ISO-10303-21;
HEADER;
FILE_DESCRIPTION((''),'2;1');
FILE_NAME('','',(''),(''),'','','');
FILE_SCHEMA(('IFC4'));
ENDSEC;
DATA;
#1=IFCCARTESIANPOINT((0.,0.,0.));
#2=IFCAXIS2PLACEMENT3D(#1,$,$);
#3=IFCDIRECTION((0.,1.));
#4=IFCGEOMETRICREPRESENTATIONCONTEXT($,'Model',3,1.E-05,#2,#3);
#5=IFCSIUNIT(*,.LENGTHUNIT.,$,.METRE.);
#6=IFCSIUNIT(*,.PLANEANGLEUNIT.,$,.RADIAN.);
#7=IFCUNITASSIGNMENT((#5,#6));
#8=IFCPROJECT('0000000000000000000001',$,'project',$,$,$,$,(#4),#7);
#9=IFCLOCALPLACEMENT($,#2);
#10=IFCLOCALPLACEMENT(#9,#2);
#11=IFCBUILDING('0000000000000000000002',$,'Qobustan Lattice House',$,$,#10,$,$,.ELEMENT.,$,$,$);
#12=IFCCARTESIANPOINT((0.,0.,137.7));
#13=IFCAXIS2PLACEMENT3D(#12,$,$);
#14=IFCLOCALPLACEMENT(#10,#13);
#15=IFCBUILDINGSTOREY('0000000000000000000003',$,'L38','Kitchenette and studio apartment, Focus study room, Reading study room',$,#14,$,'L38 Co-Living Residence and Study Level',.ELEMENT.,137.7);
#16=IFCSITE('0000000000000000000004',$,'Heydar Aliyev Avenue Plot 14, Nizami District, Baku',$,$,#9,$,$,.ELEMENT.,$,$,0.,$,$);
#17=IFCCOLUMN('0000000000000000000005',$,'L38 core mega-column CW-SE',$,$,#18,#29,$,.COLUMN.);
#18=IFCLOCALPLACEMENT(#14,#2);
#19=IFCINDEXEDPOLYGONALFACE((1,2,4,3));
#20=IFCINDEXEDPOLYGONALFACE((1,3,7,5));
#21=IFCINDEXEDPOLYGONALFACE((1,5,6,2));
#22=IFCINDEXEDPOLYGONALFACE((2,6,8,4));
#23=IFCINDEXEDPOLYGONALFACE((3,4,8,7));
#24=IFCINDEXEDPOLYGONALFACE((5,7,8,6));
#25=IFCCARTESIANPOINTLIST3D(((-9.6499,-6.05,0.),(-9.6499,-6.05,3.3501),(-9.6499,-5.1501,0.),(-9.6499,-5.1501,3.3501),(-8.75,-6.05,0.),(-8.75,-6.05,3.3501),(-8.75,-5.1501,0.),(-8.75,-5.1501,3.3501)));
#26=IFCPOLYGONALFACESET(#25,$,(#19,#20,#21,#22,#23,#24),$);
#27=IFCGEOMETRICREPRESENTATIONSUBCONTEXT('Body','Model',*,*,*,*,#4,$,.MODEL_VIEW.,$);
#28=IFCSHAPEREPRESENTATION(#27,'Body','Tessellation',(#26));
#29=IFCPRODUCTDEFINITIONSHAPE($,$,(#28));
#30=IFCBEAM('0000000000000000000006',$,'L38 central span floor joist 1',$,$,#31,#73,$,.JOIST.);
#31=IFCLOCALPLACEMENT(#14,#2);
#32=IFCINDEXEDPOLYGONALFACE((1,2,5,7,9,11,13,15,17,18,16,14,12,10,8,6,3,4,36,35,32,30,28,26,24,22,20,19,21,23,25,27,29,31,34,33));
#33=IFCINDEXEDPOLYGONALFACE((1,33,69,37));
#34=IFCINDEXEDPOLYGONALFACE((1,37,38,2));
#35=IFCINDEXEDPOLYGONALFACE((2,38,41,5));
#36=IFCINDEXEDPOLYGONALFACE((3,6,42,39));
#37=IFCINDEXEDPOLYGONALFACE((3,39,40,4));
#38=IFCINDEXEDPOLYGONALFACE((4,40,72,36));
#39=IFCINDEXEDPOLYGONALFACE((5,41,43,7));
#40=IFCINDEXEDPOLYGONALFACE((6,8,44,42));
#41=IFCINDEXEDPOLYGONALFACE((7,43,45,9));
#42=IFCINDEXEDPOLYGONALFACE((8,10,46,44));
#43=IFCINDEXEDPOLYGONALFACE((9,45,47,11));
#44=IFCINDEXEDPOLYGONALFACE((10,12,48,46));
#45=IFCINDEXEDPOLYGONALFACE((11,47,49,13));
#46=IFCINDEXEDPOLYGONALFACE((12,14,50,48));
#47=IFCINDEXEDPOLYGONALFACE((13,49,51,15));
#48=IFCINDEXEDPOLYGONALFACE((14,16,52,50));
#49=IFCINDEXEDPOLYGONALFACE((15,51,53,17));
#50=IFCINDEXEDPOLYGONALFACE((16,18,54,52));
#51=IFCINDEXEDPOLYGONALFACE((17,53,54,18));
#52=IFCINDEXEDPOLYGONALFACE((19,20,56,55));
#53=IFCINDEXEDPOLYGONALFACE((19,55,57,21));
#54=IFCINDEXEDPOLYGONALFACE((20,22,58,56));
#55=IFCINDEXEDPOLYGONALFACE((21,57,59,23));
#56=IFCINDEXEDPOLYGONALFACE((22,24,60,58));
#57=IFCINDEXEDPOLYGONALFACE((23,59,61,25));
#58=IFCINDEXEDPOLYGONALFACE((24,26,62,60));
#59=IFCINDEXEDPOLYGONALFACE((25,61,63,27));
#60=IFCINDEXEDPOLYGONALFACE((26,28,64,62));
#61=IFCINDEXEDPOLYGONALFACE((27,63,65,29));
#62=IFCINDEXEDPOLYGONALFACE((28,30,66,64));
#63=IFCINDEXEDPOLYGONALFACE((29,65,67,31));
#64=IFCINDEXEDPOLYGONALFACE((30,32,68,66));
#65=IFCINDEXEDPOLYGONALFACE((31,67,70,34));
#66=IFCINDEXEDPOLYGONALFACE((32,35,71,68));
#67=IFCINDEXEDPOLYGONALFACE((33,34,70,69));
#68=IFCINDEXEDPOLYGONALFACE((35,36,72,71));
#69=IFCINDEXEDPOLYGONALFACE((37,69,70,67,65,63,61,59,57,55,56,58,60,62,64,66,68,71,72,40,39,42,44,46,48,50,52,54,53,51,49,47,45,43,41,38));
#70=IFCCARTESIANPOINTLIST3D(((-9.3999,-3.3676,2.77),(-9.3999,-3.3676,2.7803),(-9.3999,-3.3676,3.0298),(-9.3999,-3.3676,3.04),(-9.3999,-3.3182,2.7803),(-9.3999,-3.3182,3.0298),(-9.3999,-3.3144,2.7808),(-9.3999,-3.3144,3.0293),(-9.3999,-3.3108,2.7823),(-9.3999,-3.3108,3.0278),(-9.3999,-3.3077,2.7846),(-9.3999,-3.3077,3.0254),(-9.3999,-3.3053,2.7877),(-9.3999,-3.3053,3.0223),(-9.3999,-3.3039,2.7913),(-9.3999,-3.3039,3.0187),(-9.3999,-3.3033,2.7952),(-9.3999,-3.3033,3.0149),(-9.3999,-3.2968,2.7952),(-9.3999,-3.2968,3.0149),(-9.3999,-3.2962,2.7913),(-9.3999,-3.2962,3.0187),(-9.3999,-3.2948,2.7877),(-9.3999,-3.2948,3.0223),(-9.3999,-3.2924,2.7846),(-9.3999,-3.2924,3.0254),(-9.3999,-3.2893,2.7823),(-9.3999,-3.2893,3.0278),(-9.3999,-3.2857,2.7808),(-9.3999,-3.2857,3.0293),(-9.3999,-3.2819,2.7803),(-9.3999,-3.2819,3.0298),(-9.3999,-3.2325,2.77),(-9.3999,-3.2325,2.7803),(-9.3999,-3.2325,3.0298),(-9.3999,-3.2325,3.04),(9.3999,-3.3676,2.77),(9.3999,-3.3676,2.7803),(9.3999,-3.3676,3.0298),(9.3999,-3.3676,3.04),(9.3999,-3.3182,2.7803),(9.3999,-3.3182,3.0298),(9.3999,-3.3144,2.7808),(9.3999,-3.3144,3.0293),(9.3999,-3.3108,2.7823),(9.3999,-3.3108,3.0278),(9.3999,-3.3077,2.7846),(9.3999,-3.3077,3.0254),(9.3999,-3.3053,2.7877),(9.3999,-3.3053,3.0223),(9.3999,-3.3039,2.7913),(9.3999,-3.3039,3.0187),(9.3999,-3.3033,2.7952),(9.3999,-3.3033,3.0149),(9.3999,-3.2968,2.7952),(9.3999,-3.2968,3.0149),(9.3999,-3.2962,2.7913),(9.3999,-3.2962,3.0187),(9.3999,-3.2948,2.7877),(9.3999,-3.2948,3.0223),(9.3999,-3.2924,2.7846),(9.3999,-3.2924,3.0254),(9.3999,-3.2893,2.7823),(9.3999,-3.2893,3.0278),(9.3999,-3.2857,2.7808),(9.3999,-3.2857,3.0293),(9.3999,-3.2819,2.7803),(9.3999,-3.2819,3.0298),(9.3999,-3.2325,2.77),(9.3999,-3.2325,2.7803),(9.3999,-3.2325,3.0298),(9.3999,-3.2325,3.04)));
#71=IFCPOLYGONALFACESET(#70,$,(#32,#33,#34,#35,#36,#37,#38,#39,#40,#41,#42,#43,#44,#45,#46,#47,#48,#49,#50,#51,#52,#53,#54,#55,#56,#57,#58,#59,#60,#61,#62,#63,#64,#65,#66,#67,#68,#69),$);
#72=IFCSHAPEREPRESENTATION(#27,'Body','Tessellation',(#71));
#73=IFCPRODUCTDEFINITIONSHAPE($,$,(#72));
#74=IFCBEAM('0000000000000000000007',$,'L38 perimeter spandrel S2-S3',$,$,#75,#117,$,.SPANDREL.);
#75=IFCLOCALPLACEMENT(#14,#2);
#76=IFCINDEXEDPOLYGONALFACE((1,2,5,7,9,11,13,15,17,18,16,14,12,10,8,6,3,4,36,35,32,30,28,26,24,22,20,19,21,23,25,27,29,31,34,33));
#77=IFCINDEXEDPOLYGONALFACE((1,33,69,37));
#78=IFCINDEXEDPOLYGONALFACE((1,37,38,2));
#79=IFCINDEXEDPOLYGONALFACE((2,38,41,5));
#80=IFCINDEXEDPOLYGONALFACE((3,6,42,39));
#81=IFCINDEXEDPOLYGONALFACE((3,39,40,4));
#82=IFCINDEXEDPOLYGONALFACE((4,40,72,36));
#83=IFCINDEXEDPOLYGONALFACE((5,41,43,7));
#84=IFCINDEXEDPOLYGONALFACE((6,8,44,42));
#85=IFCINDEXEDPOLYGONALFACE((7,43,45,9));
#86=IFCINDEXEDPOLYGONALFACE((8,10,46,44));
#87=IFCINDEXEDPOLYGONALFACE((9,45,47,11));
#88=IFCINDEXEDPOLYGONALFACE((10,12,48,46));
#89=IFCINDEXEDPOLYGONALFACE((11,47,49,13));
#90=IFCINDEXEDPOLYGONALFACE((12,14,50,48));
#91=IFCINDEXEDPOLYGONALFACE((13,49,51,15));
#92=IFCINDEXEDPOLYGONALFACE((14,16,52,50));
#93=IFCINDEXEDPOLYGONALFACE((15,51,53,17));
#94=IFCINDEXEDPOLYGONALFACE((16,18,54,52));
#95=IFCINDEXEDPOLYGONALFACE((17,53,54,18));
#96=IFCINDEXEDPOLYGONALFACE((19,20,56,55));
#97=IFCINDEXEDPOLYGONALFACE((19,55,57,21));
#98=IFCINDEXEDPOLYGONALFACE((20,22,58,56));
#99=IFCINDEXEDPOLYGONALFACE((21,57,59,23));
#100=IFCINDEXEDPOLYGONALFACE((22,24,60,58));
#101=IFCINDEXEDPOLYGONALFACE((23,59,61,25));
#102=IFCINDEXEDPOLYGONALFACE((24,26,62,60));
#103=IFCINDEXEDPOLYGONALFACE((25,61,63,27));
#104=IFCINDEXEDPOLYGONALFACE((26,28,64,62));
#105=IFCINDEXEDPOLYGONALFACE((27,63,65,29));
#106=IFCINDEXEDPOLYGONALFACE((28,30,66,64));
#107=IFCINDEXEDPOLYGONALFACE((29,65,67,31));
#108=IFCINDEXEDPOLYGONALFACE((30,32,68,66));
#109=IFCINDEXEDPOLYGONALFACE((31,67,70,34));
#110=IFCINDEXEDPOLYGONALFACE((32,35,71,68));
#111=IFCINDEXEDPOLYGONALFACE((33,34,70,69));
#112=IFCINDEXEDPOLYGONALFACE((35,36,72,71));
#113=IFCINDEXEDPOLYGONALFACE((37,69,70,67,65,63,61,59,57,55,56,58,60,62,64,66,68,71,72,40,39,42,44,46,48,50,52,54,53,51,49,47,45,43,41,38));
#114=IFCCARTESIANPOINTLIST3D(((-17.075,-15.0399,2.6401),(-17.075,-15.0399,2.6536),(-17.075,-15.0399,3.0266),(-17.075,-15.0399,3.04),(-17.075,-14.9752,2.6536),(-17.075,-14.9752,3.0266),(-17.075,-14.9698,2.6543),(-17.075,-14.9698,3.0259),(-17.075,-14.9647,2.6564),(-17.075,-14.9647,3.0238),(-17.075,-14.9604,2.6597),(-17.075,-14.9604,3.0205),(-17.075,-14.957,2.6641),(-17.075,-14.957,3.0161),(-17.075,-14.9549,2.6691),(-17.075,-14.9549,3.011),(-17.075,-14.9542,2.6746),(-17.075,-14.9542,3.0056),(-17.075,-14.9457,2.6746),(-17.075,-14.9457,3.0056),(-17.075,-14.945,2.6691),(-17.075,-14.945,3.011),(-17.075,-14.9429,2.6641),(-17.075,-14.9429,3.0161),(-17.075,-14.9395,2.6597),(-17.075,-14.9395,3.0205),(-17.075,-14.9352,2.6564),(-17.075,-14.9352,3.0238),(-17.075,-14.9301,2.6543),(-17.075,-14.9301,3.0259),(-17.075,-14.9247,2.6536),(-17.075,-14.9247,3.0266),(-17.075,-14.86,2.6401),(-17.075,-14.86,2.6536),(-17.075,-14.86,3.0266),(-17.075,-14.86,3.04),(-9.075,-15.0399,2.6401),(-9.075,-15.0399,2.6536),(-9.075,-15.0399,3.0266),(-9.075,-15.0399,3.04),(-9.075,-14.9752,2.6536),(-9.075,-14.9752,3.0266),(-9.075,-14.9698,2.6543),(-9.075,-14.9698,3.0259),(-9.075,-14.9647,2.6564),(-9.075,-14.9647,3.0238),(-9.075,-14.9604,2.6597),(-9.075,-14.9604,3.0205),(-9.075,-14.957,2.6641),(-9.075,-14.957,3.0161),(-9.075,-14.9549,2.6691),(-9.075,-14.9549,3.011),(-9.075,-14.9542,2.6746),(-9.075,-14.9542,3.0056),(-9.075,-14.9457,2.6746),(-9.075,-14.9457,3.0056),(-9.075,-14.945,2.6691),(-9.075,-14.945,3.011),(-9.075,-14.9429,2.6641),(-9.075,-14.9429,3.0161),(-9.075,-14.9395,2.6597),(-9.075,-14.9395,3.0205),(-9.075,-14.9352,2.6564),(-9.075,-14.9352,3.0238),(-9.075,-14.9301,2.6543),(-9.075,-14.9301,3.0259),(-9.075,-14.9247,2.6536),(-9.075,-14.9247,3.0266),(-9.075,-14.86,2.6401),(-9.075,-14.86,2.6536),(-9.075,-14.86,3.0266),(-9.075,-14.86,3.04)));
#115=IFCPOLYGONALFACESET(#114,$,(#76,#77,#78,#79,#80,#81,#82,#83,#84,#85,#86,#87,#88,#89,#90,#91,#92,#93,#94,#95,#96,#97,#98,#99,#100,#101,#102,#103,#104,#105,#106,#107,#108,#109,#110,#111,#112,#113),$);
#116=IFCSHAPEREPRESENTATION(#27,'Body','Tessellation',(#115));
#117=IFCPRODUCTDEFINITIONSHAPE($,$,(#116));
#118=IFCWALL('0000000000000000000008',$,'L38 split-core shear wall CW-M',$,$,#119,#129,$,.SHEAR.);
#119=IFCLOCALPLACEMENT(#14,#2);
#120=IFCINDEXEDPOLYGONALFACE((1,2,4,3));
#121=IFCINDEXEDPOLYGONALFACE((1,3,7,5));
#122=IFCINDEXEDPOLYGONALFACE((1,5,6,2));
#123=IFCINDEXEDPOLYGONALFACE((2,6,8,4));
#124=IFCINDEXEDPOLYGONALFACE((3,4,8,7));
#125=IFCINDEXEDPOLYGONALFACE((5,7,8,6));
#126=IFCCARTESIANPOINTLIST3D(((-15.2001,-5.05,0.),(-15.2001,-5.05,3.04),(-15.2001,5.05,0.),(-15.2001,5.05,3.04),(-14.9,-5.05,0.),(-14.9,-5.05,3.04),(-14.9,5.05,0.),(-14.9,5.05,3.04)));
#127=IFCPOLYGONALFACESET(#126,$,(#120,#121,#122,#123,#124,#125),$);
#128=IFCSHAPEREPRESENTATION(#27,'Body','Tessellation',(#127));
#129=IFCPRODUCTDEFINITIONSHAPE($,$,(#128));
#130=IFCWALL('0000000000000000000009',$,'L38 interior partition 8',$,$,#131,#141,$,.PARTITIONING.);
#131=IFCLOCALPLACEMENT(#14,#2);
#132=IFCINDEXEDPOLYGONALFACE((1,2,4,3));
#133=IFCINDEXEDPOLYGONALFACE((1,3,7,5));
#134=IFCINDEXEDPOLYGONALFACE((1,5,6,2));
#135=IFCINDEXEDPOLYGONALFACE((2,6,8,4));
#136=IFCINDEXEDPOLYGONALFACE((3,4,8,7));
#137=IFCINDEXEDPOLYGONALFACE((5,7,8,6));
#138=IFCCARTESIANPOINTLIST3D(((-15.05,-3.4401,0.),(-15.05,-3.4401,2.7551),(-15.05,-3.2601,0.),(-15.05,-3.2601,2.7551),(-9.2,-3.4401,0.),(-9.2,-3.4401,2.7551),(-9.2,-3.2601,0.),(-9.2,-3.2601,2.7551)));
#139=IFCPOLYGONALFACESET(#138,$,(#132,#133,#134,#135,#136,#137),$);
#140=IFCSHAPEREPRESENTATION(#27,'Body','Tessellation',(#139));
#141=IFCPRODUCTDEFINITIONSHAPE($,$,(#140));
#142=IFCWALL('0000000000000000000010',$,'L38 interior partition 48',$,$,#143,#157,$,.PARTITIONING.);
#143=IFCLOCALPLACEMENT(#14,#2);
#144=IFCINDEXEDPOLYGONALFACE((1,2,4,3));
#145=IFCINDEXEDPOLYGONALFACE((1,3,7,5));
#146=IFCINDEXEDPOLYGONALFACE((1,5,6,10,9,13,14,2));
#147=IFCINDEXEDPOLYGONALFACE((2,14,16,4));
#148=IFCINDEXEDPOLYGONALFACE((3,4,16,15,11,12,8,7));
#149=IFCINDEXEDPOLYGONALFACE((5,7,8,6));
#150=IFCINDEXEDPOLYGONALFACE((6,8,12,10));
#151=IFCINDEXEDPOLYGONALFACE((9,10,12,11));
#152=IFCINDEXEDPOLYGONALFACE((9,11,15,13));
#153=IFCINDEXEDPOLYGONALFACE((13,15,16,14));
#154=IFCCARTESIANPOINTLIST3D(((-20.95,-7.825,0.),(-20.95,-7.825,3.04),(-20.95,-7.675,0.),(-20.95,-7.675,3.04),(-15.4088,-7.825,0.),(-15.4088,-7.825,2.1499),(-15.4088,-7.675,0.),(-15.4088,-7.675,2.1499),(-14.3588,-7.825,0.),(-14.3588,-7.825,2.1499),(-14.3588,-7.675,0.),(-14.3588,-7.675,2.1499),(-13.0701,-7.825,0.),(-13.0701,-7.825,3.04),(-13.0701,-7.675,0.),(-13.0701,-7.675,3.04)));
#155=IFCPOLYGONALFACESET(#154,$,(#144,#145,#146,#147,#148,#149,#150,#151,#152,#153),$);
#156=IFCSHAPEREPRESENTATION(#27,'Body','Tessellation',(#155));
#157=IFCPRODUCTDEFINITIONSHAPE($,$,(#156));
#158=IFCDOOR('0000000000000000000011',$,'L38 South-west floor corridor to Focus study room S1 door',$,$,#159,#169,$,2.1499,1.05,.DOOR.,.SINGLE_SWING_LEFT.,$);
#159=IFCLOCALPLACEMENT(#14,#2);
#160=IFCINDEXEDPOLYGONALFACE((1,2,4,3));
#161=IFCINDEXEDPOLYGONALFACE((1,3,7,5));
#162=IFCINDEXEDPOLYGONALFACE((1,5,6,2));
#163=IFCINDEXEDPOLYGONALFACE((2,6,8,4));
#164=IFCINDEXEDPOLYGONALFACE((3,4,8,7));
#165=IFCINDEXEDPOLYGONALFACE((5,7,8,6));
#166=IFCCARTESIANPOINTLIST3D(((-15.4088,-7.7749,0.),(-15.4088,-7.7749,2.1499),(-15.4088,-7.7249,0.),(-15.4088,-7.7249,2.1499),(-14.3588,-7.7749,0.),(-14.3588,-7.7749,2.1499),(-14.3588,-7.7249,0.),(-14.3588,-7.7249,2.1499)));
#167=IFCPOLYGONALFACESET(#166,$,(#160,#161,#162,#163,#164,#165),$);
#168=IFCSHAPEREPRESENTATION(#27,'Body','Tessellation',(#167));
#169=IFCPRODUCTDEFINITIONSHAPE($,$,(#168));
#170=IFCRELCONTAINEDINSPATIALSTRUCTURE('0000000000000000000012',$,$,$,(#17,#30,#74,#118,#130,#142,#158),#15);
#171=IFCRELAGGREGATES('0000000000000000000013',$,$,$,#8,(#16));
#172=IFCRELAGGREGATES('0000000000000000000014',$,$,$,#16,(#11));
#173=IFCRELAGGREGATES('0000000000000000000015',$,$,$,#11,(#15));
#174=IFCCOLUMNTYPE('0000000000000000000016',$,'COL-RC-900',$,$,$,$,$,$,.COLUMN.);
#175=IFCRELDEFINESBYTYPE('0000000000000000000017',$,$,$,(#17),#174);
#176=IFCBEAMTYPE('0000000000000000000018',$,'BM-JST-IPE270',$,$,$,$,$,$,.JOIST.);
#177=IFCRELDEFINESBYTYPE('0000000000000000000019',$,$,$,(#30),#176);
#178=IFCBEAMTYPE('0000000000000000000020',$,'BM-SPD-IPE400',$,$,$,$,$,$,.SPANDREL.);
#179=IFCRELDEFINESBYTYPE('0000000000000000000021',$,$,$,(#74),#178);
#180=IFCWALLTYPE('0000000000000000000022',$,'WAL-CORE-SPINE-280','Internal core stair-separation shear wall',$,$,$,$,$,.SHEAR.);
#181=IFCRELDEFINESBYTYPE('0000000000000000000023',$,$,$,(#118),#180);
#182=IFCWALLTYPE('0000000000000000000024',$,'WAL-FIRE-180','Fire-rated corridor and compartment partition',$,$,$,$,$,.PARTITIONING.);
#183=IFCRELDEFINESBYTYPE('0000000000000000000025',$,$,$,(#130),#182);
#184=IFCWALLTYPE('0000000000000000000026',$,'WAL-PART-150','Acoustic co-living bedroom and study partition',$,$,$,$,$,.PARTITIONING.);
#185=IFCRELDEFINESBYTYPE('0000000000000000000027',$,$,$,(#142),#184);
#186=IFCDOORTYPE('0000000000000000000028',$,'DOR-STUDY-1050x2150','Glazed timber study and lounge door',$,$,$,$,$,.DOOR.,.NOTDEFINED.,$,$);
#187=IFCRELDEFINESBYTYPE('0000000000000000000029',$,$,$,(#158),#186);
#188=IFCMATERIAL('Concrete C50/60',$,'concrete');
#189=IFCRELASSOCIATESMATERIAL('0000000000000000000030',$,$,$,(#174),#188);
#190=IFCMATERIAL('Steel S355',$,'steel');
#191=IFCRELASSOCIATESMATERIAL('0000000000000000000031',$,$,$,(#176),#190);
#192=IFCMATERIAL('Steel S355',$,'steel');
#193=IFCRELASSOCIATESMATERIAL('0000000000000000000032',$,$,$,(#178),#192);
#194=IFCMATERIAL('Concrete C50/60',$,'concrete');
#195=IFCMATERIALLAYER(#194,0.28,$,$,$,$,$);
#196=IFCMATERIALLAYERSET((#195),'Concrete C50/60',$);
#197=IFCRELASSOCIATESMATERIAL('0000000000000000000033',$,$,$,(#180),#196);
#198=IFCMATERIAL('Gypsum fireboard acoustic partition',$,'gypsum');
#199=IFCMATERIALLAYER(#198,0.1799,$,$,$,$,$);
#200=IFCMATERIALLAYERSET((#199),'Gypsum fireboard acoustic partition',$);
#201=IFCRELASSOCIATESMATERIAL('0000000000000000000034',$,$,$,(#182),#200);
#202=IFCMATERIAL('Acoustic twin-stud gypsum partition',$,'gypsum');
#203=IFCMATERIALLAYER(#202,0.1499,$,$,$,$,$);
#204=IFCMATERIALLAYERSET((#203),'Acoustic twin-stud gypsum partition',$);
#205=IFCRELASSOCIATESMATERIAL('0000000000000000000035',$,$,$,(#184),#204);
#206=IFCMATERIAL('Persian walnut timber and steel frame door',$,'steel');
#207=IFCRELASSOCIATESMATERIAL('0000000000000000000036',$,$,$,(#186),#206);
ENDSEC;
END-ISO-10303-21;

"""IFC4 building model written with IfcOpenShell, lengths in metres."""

from ifc_helpers import new_model, si_unit, direction, frame, frame_2d, origin, origin_2d, place, context, subcontext, project, spatial, rectangle, i_section, extrude, material, layer, layer_set, material_profile, profile_set, type_object, element, fill, save


model = new_model("IFC4")

# Units and contexts
model_context = context("Model", 3, precision=1e-05, world=origin(), true_north=direction((0.0, 1.0)))
body_context = subcontext(model_context, "Body", "Model", "MODEL_VIEW")
ifc_project = project(units=[si_unit("LENGTHUNIT", "METRE"), si_unit("PLANEANGLEUNIT", "RADIAN")], contexts=[model_context])

# Site, building, storey
site_placement = place(None, origin())
site = spatial("IfcSite", under=ifc_project, at=site_placement, Name="Heydar Aliyev Avenue Plot 14, Nizami District, Baku", CompositionType="ELEMENT", RefElevation=0.0)
building_placement = place(site_placement, origin())
building = spatial("IfcBuilding", under=site, at=building_placement, Name="Qobustan Lattice House", CompositionType="ELEMENT")
storey_placement = place(building_placement, frame((0.0, 0.0, 137.7)))
storey = spatial("IfcBuildingStorey", under=building, at=storey_placement, Name="L38", Description="Kitchenette and studio apartment, Focus study room, Reading study room", LongName="L38 Co-Living Residence and Study Level", CompositionType="ELEMENT", Elevation=137.7)

# Column
ifc_material_1 = material(Name="Concrete C50/60", Category="concrete")
ifc_material_profile_1 = material_profile(ifc_material_1, rectangle(XDim=0.8999, YDim=0.8999, at=origin_2d()), Name="RC900x900")
ifc_profile_set_1 = profile_set([ifc_material_profile_1], Name="Concrete C50/60")
column_type = type_object("IfcColumnType", Name="COL-RC-900", PredefinedType="COLUMN", material=ifc_profile_set_1)
column_placement = place(storey_placement, frame((-9.2, -5.6001, 0.0), z_axis=(0.0, 0.0, 1.0), x_axis=(1.0, 0.0, 0.0)))
element("IfcColumn", 1, at=column_placement, inside=storey, type_object=column_type, Name="L38 core mega-column CW-SE", PredefinedType="COLUMN", context=body_context, shape_type="SweptSolid", body=[
    extrude(rectangle(XDim=0.8999, YDim=0.8999, at=origin_2d()), origin(), (0.0, 0.0, 1.0), 3.3501),
])

# Beams
ifc_material_2 = material(Name="Steel S355", Category="steel")
ifc_material_profile_2 = material_profile(ifc_material_2, i_section(OverallWidth=0.135, OverallDepth=0.27, WebThickness=0.0066, FlangeThickness=0.0103, FilletRadius=0.0149, at=origin_2d()), Name="IPE270")
ifc_profile_set_2 = profile_set([ifc_material_profile_2], Name="Steel S355")
beam_type_1 = type_object("IfcBeamType", Name="BM-JST-IPE270", PredefinedType="JOIST", material=ifc_profile_set_2)
beam_1_placement = place(storey_placement, frame((-9.3999, -3.3, 2.905), z_axis=(1.0, 0.0, 0.0), x_axis=(0.0, 1.0, 0.0)))
element("IfcBeam", 2, at=beam_1_placement, inside=storey, type_object=beam_type_1, Name="L38 central span floor joist 1", PredefinedType="JOIST", context=body_context, shape_type="SweptSolid", body=[
    extrude(i_section(OverallWidth=0.135, OverallDepth=0.27, WebThickness=0.0066, FlangeThickness=0.0103, FilletRadius=0.0149, at=origin_2d()), origin(), (0.0, 0.0, 1.0), 18.7998),
])
ifc_material_3 = material(Name="Steel S355", Category="steel")
ifc_material_profile_3 = material_profile(ifc_material_3, i_section(OverallWidth=0.1799, OverallDepth=0.3999, WebThickness=0.0085, FlangeThickness=0.0134, FilletRadius=0.021, at=origin_2d()), Name="IPE400")
ifc_profile_set_3 = profile_set([ifc_material_profile_3], Name="Steel S355")
beam_type_2 = type_object("IfcBeamType", Name="BM-SPD-IPE400", PredefinedType="SPANDREL", material=ifc_profile_set_3)
beam_2_placement = place(storey_placement, frame((-17.075, -14.95, 2.8401), z_axis=(1.0, 0.0, 0.0), x_axis=(0.0, 1.0, 0.0)))
element("IfcBeam", 3, at=beam_2_placement, inside=storey, type_object=beam_type_2, Name="L38 perimeter spandrel S2-S3", PredefinedType="SPANDREL", context=body_context, shape_type="SweptSolid", body=[
    extrude(i_section(OverallWidth=0.1799, OverallDepth=0.3999, WebThickness=0.0085, FlangeThickness=0.0134, FilletRadius=0.021, at=origin_2d()), origin(), (0.0, 0.0, 1.0), 8.0),
])

# Walls
ifc_material_4 = material(Name="Concrete C50/60", Category="concrete")
ifc_layer_1 = layer(ifc_material_4, 0.28)
ifc_layer_set_1 = layer_set([ifc_layer_1], Name="Concrete C50/60")
wall_type_1 = type_object("IfcWallType", Name="WAL-CORE-SPINE-280", Description="Internal core stair-separation shear wall", PredefinedType="SHEAR", material=ifc_layer_set_1)
wall_1_placement = place(storey_placement, frame((-15.05, -5.05, 0.0), z_axis=(0.0, 0.0, 1.0), x_axis=(0.0, 1.0, 0.0)))
element("IfcWall", 4, at=wall_1_placement, inside=storey, type_object=wall_type_1, Name="L38 split-core shear wall CW-M", PredefinedType="SHEAR", context=body_context, shape_type="SweptSolid", body=[
    extrude(rectangle(XDim=10.1001, YDim=0.3, at=frame_2d((5.05, 0.0))), origin(), (0.0, 0.0, 1.0), 3.04),
])
ifc_material_5 = material(Name="Gypsum fireboard acoustic partition", Category="gypsum")
ifc_layer_2 = layer(ifc_material_5, 0.1799)
ifc_layer_set_2 = layer_set([ifc_layer_2], Name="Gypsum fireboard acoustic partition")
wall_type_2 = type_object("IfcWallType", Name="WAL-FIRE-180", Description="Fire-rated corridor and compartment partition", PredefinedType="PARTITIONING", material=ifc_layer_set_2)
wall_2_placement = place(storey_placement, frame((-15.05, -3.3501, 0.0), z_axis=(0.0, 0.0, 1.0), x_axis=(1.0, 0.0, 0.0)))
element("IfcWall", 5, at=wall_2_placement, inside=storey, type_object=wall_type_2, Name="L38 interior partition 8", PredefinedType="PARTITIONING", context=body_context, shape_type="SweptSolid", body=[
    extrude(rectangle(XDim=5.8501, YDim=0.1799, at=frame_2d((2.925, 0.0))), origin(), (0.0, 0.0, 1.0), 2.7551),
])

# Wall, opening, door
ifc_material_6 = material(Name="Acoustic twin-stud gypsum partition", Category="gypsum")
ifc_layer_3 = layer(ifc_material_6, 0.1499)
ifc_layer_set_3 = layer_set([ifc_layer_3], Name="Acoustic twin-stud gypsum partition")
wall_type_3 = type_object("IfcWallType", Name="WAL-PART-150", Description="Acoustic co-living bedroom and study partition", PredefinedType="PARTITIONING", material=ifc_layer_set_3)
wall_3_placement = place(storey_placement, frame((-13.0701, -7.75, 0.0), z_axis=(0.0, 0.0, 1.0), x_axis=(-1.0, 0.0, 0.0)))
wall_3 = element("IfcWall", 6, at=wall_3_placement, inside=storey, type_object=wall_type_3, Name="L38 interior partition 48", PredefinedType="PARTITIONING", context=body_context, shape_type="SweptSolid", body=[
    extrude(rectangle(XDim=7.8799, YDim=0.1499, at=frame_2d((3.9399, 0.0))), origin(), (0.0, 0.0, 1.0), 3.04),
])
opening_1_placement = place(wall_3_placement, frame((1.2888, 0.0, 0.0)))
opening_1 = element("IfcOpeningElement", 7, at=opening_1_placement, cuts=wall_3, PredefinedType="OPENING", context=body_context, shape_type="SweptSolid", body=[
    extrude(rectangle(XDim=1.05, YDim=2.1499, at=frame_2d((0.5249, 1.075))), frame((0.0, 0.085, 0.0), z_axis=(0.0, -1.0, 0.0), x_axis=(1.0, 0.0, 0.0)), (0.0, 0.0, 1.0), 0.1699),
])
ifc_material_7 = material(Name="Persian walnut timber and steel frame door", Category="steel")
door_type_1 = type_object("IfcDoorType", Name="DOR-STUDY-1050x2150", Description="Glazed timber study and lounge door", OperationType="NOTDEFINED", PredefinedType="DOOR", material=ifc_material_7)
door_1_placement = place(opening_1_placement, origin())
door_1 = element("IfcDoor", 8, at=door_1_placement, inside=storey, type_object=door_type_1, Name="L38 South-west floor corridor to Focus study room S1 door", OperationType="SINGLE_SWING_LEFT", OverallHeight=2.1499, OverallWidth=1.05, PredefinedType="DOOR", context=body_context, shape_type="SweptSolid", body=[
    extrude(rectangle(XDim=1.05, YDim=2.1499, at=frame_2d((0.5249, 1.075))), frame((0.0, 0.0249, 0.0), z_axis=(0.0, -1.0, 0.0), x_axis=(1.0, 0.0, 0.0)), (0.0, 0.0, 1.0), 0.05),
])
fill(opening_1, door_1)

save(model, "model.ifc")
